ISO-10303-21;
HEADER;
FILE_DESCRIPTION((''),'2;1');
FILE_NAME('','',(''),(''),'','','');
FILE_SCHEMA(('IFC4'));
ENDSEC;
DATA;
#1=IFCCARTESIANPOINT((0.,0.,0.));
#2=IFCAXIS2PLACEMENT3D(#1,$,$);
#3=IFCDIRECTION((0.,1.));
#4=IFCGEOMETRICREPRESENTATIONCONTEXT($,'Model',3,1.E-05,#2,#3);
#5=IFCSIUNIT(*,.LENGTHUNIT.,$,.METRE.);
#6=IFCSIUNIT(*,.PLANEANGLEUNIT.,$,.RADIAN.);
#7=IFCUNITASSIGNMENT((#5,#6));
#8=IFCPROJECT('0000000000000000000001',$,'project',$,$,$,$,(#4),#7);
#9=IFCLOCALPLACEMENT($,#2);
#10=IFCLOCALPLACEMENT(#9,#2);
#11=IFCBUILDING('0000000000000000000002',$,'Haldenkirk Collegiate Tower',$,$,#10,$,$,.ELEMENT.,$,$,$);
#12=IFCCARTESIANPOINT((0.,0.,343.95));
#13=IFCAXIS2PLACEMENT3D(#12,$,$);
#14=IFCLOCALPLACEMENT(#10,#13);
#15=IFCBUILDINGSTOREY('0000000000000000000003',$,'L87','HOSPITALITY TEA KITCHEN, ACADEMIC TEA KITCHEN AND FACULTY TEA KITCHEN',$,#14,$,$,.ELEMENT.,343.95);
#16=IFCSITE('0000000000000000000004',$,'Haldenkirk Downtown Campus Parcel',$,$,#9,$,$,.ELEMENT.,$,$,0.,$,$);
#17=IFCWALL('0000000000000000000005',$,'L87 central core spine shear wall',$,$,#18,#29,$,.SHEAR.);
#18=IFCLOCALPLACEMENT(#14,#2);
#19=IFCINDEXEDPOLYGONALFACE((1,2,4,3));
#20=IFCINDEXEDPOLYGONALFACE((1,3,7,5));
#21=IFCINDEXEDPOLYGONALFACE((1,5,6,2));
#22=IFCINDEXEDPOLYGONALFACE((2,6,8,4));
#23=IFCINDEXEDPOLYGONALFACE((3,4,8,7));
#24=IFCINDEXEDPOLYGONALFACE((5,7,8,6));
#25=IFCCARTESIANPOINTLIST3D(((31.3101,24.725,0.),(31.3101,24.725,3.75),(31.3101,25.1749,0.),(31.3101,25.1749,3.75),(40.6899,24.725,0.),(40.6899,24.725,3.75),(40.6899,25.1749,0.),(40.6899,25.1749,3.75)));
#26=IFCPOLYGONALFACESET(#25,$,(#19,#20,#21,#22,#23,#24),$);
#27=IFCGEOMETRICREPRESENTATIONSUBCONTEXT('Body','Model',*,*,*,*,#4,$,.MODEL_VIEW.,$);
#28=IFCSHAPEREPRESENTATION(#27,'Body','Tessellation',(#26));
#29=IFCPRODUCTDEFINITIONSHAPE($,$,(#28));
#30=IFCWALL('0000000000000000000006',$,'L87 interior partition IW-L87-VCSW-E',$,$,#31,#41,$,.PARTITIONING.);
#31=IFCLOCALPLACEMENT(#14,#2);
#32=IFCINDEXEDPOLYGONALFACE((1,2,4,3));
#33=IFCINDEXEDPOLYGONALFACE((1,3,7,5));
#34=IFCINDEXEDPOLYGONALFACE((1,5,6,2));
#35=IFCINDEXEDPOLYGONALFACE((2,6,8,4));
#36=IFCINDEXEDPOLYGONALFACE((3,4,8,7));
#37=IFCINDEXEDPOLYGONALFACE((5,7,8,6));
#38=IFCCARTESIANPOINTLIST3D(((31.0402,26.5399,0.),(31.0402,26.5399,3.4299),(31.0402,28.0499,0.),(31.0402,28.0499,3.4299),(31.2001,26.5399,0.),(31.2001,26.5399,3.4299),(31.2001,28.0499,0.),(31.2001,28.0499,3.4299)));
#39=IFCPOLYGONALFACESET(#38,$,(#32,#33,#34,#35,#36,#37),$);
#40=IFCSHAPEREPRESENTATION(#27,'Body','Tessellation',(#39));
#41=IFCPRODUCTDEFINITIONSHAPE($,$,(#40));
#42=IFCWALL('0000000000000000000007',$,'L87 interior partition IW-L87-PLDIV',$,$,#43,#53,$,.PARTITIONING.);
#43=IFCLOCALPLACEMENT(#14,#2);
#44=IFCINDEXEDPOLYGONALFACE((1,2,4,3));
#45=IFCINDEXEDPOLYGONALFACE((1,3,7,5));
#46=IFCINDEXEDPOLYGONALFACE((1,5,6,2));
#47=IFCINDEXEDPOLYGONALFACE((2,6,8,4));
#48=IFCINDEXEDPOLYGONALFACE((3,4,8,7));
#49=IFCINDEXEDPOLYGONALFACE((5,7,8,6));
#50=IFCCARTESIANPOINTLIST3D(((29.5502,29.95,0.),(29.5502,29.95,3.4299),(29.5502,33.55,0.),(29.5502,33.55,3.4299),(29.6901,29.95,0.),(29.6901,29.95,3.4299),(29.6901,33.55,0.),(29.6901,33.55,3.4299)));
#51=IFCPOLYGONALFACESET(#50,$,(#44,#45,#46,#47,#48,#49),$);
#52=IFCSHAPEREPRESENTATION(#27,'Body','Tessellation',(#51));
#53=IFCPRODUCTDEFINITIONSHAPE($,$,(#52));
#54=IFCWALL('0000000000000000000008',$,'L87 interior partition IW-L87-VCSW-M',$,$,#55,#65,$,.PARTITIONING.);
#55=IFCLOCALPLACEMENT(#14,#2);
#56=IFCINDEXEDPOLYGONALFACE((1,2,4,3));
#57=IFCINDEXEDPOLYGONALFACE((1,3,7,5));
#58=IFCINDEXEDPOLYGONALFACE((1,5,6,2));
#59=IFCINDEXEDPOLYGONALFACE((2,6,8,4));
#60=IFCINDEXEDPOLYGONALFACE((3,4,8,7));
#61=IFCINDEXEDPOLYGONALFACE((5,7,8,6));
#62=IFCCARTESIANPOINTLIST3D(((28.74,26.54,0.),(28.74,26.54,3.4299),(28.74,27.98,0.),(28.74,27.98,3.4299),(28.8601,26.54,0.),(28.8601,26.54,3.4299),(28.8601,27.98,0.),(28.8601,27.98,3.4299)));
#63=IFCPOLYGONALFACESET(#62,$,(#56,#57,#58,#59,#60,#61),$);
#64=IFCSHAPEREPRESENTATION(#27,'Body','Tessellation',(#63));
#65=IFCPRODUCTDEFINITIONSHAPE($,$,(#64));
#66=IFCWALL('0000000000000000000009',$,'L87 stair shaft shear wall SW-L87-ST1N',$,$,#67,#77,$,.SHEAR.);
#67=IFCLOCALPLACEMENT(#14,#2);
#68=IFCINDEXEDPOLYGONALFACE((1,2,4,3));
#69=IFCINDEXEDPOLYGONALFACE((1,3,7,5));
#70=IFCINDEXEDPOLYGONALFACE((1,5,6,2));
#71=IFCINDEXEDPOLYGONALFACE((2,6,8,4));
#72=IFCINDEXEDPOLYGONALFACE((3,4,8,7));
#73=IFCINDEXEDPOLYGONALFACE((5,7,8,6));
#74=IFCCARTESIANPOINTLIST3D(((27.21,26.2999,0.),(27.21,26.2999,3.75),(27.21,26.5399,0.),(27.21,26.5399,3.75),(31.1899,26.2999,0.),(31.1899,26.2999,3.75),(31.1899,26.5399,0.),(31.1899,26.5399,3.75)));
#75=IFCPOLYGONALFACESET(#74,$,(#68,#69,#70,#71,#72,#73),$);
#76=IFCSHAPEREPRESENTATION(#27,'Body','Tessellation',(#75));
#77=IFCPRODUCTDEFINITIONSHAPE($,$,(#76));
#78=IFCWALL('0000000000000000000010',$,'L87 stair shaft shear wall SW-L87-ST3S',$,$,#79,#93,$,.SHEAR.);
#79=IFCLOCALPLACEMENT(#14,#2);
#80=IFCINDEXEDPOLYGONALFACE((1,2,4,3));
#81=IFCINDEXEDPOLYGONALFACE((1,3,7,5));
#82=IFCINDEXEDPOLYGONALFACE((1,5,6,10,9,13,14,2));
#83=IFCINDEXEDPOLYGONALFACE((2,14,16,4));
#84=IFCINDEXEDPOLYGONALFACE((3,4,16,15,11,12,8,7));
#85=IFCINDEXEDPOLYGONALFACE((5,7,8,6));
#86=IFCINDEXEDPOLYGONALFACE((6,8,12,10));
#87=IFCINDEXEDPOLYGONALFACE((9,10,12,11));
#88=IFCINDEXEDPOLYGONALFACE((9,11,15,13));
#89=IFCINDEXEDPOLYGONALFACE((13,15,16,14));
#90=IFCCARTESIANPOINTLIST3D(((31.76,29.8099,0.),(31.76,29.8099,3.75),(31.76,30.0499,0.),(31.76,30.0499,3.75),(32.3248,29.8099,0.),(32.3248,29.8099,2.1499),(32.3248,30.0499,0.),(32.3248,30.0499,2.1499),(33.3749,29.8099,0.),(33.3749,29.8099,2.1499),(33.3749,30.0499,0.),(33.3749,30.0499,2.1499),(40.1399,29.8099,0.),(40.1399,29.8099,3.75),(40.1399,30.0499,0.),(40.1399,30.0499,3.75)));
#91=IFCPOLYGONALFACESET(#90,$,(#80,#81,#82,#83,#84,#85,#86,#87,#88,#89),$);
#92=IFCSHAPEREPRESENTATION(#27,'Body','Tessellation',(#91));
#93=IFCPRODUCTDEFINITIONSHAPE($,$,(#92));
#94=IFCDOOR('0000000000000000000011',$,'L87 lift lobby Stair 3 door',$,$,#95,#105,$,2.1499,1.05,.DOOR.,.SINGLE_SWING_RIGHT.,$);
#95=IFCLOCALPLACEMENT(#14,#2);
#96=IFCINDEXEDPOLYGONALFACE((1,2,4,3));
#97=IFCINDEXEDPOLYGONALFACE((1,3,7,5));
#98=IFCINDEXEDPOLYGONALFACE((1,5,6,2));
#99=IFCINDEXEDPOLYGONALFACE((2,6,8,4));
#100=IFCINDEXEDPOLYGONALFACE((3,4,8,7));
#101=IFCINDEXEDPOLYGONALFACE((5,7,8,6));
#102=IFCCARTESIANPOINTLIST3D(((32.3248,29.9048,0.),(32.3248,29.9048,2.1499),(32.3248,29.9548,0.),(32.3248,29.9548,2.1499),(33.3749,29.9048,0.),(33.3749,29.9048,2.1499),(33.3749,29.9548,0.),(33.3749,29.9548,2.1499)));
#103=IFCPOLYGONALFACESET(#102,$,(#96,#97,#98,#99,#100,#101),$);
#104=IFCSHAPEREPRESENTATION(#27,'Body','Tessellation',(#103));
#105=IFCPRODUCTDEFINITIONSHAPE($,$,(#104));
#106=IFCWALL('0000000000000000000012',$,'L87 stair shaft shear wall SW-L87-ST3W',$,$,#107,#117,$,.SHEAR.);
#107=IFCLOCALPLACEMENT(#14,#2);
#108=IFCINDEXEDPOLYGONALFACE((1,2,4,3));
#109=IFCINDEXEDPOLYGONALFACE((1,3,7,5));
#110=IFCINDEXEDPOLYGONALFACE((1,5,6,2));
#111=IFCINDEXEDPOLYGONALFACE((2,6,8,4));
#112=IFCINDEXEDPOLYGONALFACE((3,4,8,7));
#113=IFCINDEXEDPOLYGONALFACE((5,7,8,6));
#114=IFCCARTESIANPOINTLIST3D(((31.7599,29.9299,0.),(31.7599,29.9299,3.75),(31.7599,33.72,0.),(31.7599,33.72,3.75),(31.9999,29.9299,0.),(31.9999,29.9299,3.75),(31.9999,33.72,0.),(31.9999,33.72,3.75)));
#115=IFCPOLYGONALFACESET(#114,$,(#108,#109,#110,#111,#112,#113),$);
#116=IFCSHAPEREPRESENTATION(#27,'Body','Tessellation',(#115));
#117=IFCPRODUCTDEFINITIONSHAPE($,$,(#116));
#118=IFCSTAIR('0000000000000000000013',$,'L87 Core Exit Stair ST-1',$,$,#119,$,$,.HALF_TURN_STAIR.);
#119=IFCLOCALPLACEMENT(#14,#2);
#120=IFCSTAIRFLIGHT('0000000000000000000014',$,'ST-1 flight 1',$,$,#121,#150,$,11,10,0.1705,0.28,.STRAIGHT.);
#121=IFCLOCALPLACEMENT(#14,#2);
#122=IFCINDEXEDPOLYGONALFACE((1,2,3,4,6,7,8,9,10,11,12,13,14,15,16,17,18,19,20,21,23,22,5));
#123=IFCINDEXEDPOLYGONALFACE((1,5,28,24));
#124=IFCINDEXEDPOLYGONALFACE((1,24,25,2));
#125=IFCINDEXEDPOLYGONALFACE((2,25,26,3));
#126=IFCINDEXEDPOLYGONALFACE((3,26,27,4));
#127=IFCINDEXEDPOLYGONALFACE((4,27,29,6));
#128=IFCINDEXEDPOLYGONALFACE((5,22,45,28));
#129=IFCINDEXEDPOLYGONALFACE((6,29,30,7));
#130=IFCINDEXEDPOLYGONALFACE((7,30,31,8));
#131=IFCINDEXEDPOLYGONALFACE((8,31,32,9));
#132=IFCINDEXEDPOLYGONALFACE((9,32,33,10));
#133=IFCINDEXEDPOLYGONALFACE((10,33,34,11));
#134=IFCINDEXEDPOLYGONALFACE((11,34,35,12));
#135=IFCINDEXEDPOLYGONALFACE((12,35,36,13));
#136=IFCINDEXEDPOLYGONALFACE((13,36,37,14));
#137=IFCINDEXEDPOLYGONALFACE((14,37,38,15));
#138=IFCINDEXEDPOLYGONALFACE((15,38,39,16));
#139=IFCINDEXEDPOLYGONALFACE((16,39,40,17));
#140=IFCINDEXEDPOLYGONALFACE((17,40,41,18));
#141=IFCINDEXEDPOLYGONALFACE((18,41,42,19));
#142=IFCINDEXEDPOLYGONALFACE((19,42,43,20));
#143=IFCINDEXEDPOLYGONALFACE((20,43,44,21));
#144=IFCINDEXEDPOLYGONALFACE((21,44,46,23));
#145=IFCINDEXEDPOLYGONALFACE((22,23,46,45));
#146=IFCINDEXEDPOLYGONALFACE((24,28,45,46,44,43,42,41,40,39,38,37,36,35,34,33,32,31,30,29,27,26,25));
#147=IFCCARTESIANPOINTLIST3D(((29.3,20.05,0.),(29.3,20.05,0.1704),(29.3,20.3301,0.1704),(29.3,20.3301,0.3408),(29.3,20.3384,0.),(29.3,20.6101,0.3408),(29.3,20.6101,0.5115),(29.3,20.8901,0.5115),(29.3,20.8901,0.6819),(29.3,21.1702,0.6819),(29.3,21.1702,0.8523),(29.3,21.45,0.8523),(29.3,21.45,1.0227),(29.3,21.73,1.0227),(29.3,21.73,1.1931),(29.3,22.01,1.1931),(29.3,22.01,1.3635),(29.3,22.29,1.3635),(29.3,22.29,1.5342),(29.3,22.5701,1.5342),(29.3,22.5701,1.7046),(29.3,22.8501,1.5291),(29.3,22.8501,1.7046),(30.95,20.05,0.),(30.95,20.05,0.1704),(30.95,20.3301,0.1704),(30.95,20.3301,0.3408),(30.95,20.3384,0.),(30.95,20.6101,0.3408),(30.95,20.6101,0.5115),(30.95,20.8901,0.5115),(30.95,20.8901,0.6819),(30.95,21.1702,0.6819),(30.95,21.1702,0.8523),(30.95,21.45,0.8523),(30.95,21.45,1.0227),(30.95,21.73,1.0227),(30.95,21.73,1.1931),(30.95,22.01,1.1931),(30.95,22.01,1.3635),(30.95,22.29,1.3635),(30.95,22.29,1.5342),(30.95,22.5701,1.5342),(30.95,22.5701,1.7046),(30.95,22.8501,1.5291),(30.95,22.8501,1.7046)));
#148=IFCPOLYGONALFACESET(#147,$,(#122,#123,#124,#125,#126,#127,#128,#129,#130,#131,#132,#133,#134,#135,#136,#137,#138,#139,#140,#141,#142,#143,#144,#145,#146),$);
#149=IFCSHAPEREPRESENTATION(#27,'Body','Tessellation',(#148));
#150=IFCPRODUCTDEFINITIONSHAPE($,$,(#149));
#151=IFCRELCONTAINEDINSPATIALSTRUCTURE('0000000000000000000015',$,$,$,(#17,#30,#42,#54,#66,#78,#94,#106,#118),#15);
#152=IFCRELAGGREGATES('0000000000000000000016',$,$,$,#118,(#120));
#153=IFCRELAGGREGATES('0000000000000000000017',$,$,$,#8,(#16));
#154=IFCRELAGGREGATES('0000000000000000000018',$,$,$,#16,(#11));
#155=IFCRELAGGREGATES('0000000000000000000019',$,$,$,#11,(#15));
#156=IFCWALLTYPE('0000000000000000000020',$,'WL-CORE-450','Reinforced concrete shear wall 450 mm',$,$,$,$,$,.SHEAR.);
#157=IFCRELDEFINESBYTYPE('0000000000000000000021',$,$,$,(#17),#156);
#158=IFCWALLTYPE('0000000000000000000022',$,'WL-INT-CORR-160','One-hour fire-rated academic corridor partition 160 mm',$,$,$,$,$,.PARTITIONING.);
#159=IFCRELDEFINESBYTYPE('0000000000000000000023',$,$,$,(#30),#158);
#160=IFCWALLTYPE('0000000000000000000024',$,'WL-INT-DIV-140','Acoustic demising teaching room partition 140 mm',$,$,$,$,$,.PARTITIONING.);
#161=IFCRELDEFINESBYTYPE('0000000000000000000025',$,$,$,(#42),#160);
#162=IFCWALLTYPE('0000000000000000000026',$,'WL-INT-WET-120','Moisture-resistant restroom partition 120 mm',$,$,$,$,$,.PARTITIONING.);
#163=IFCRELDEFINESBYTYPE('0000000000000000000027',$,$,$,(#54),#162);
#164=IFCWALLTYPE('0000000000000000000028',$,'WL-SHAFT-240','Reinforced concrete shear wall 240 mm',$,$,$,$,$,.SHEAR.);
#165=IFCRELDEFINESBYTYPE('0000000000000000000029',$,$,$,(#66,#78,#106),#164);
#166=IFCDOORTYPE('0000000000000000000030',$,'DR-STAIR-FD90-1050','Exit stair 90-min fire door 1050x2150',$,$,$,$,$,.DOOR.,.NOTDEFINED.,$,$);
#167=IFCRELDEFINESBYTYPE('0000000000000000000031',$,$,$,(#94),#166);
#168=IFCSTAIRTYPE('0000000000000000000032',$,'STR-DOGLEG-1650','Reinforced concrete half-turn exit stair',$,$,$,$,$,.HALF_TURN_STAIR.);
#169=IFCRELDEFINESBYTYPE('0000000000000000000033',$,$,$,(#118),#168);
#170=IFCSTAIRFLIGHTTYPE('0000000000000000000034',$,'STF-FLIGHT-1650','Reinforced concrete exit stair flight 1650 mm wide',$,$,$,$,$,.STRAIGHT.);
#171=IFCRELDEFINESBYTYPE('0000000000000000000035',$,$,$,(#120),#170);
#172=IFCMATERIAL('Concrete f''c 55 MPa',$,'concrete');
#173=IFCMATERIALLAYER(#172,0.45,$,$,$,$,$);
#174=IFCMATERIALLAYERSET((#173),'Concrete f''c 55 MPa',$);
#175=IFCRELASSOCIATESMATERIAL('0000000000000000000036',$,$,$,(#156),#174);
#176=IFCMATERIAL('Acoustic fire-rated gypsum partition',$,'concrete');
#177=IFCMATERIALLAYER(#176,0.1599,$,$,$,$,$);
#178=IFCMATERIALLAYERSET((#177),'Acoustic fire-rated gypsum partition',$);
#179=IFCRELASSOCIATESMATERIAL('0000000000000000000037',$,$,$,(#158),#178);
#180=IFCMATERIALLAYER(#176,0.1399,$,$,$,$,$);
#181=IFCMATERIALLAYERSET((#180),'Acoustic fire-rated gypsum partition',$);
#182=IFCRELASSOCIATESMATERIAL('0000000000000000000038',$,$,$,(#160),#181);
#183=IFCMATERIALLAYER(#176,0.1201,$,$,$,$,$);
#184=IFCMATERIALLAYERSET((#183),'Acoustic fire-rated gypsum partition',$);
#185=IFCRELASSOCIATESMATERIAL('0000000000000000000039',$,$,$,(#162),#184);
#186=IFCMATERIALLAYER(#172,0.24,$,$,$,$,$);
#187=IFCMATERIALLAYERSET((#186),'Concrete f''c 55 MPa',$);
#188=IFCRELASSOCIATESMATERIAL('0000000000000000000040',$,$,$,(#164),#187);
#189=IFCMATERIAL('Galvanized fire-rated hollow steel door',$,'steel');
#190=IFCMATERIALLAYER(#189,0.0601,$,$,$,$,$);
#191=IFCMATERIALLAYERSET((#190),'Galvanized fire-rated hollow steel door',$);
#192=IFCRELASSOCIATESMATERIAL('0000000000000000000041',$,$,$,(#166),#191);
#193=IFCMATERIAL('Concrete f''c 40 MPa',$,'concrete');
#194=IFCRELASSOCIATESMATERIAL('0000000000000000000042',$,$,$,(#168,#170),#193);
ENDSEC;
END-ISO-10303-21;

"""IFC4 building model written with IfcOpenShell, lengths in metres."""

from ifc_helpers import new_model, si_unit, direction, frame, frame_2d, origin, place, context, subcontext, project, spatial, polyline, rectangle, outline, extrude, material, layer, layer_set, type_object, element, fill, aggregate, save


model = new_model("IFC4")

# Units and contexts
model_context = context("Model", 3, precision=1e-05, world=origin(), true_north=direction((0.0, 1.0)))
body_context = subcontext(model_context, "Body", "Model", "MODEL_VIEW")
ifc_project = project(units=[si_unit("LENGTHUNIT", "METRE"), si_unit("PLANEANGLEUNIT", "RADIAN")], contexts=[model_context])

# Site, building, storey
site_placement = place(None, origin())
site = spatial("IfcSite", under=ifc_project, at=site_placement, Name="Haldenkirk Downtown Campus Parcel", CompositionType="ELEMENT", RefElevation=0.0)
building_placement = place(site_placement, origin())
building = spatial("IfcBuilding", under=site, at=building_placement, Name="Haldenkirk Collegiate Tower", CompositionType="ELEMENT")
storey_placement = place(building_placement, frame((0.0, 0.0, 343.95)))
storey = spatial("IfcBuildingStorey", under=building, at=storey_placement, Name="L87", Description="HOSPITALITY TEA KITCHEN, ACADEMIC TEA KITCHEN AND FACULTY TEA KITCHEN", CompositionType="ELEMENT", Elevation=343.95)

# Walls
ifc_material_1 = material(Name="Concrete f'c 55 MPa", Category="concrete")
ifc_layer_1 = layer(ifc_material_1, 0.45)
ifc_layer_set_1 = layer_set([ifc_layer_1], Name="Concrete f'c 55 MPa")
wall_type_1 = type_object("IfcWallType", Name="WL-CORE-450", Description="Reinforced concrete shear wall 450 mm", PredefinedType="SHEAR", material=ifc_layer_set_1)
wall_1_placement = place(storey_placement, frame((31.3101, 24.95, 0.0), z_axis=(0.0, 0.0, 1.0), x_axis=(1.0, 0.0, 0.0)))
element("IfcWall", 1, at=wall_1_placement, inside=storey, type_object=wall_type_1, Name="L87 central core spine shear wall", PredefinedType="SHEAR", context=body_context, shape_type="SweptSolid", body=[
    extrude(rectangle(XDim=9.3799, YDim=0.45, at=frame_2d((4.6899, 0.0))), origin(), (0.0, 0.0, 1.0), 3.75),
])
ifc_material_2 = material(Name="Acoustic fire-rated gypsum partition", Category="concrete")
ifc_layer_2 = layer(ifc_material_2, 0.1599)
ifc_layer_set_2 = layer_set([ifc_layer_2], Name="Acoustic fire-rated gypsum partition")
wall_type_2 = type_object("IfcWallType", Name="WL-INT-CORR-160", Description="One-hour fire-rated academic corridor partition 160 mm", PredefinedType="PARTITIONING", material=ifc_layer_set_2)
wall_2_placement = place(storey_placement, frame((31.1201, 26.54, 0.0), z_axis=(0.0, 0.0, 1.0), x_axis=(0.0, 1.0, 0.0)))
element("IfcWall", 2, at=wall_2_placement, inside=storey, type_object=wall_type_2, Name="L87 interior partition IW-L87-VCSW-E", PredefinedType="PARTITIONING", context=body_context, shape_type="SweptSolid", body=[
    extrude(rectangle(XDim=1.51, YDim=0.1599, at=frame_2d((0.7549, 0.0))), origin(), (0.0, 0.0, 1.0), 3.4299),
])

# Wall
ifc_layer_3 = layer(ifc_material_2, 0.1399)
ifc_layer_set_3 = layer_set([ifc_layer_3], Name="Acoustic fire-rated gypsum partition")
wall_type_3 = type_object("IfcWallType", Name="WL-INT-DIV-140", Description="Acoustic demising teaching room partition 140 mm", PredefinedType="PARTITIONING", material=ifc_layer_set_3)
wall_3_placement = place(storey_placement, frame((29.6201, 29.95, 0.0), z_axis=(0.0, 0.0, 1.0), x_axis=(0.0, 1.0, 0.0)))
element("IfcWall", 3, at=wall_3_placement, inside=storey, type_object=wall_type_3, Name="L87 interior partition IW-L87-PLDIV", PredefinedType="PARTITIONING", context=body_context, shape_type="SweptSolid", body=[
    extrude(rectangle(XDim=3.6001, YDim=0.1399, at=frame_2d((1.8, 0.0))), origin(), (0.0, 0.0, 1.0), 3.4299),
])

# Shared definitions
ifc_material_3 = material(Name="Galvanized fire-rated hollow steel door", Category="steel")

# Walls
ifc_layer_4 = layer(ifc_material_2, 0.1201)
ifc_layer_set_4 = layer_set([ifc_layer_4], Name="Acoustic fire-rated gypsum partition")
wall_type_4 = type_object("IfcWallType", Name="WL-INT-WET-120", Description="Moisture-resistant restroom partition 120 mm", PredefinedType="PARTITIONING", material=ifc_layer_set_4)
wall_4_placement = place(storey_placement, frame((28.8, 26.54, 0.0), z_axis=(0.0, 0.0, 1.0), x_axis=(0.0, 1.0, 0.0)))
element("IfcWall", 4, at=wall_4_placement, inside=storey, type_object=wall_type_4, Name="L87 interior partition IW-L87-VCSW-M", PredefinedType="PARTITIONING", context=body_context, shape_type="SweptSolid", body=[
    extrude(rectangle(XDim=1.4399, YDim=0.1201, at=frame_2d((0.72, 0.0))), origin(), (0.0, 0.0, 1.0), 3.4299),
])
ifc_layer_5 = layer(ifc_material_1, 0.24)
ifc_layer_set_5 = layer_set([ifc_layer_5], Name="Concrete f'c 55 MPa")
wall_type_5 = type_object("IfcWallType", Name="WL-SHAFT-240", Description="Reinforced concrete shear wall 240 mm", PredefinedType="SHEAR", material=ifc_layer_set_5)
wall_5_placement = place(storey_placement, frame((27.21, 26.4199, 0.0), z_axis=(0.0, 0.0, 1.0), x_axis=(1.0, 0.0, 0.0)))
element("IfcWall", 5, at=wall_5_placement, inside=storey, type_object=wall_type_5, Name="L87 stair shaft shear wall SW-L87-ST1N", PredefinedType="SHEAR", context=body_context, shape_type="SweptSolid", body=[
    extrude(rectangle(XDim=3.98, YDim=0.24, at=frame_2d((1.99, 0.0))), origin(), (0.0, 0.0, 1.0), 3.75),
])

# Wall, opening, door
wall_6_placement = place(storey_placement, frame((31.76, 29.9299, 0.0), z_axis=(0.0, 0.0, 1.0), x_axis=(1.0, 0.0, 0.0)))
wall_6 = element("IfcWall", 6, at=wall_6_placement, inside=storey, type_object=wall_type_5, Name="L87 stair shaft shear wall SW-L87-ST3S", PredefinedType="SHEAR", context=body_context, shape_type="SweptSolid", body=[
    extrude(rectangle(XDim=8.3799, YDim=0.24, at=frame_2d((4.1899, 0.0))), origin(), (0.0, 0.0, 1.0), 3.75),
])
opening_1_placement = place(wall_6_placement, frame((0.5649, 0.0, 0.0)))
opening_1 = element("IfcOpeningElement", 7, at=opening_1_placement, cuts=wall_6, PredefinedType="OPENING", context=body_context, shape_type="SweptSolid", body=[
    extrude(rectangle(XDim=1.05, YDim=2.1499, at=frame_2d((0.5249, 1.075))), frame((0.0, 0.1299, 0.0), z_axis=(0.0, -1.0, 0.0), x_axis=(1.0, 0.0, 0.0)), (0.0, 0.0, 1.0), 0.26),
])
ifc_layer_6 = layer(ifc_material_3, 0.0601)
ifc_layer_set_6 = layer_set([ifc_layer_6], Name="Galvanized fire-rated hollow steel door")
door_type_1 = type_object("IfcDoorType", Name="DR-STAIR-FD90-1050", Description="Exit stair 90-min fire door 1050x2150", OperationType="NOTDEFINED", PredefinedType="DOOR", material=ifc_layer_set_6)
door_1_placement = place(opening_1_placement, origin())
door_1 = element("IfcDoor", 8, at=door_1_placement, inside=storey, type_object=door_type_1, Name="L87 lift lobby Stair 3 door", OperationType="SINGLE_SWING_RIGHT", OverallHeight=2.1499, OverallWidth=1.05, PredefinedType="DOOR", context=body_context, shape_type="SweptSolid", body=[
    extrude(rectangle(XDim=1.05, YDim=2.1499, at=frame_2d((0.5249, 1.075))), frame((0.0, 0.0249, 0.0), z_axis=(0.0, -1.0, 0.0), x_axis=(1.0, 0.0, 0.0)), (0.0, 0.0, 1.0), 0.05),
])
fill(opening_1, door_1)

# Wall
wall_7_placement = place(storey_placement, frame((31.8799, 29.9299, 0.0), z_axis=(0.0, 0.0, 1.0), x_axis=(0.0, 1.0, 0.0)))
element("IfcWall", 9, at=wall_7_placement, inside=storey, type_object=wall_type_5, Name="L87 stair shaft shear wall SW-L87-ST3W", PredefinedType="SHEAR", context=body_context, shape_type="SweptSolid", body=[
    extrude(rectangle(XDim=3.79, YDim=0.24, at=frame_2d((1.895, 0.0))), origin(), (0.0, 0.0, 1.0), 3.75),
])

# Stair, stair flight
ifc_material_4 = material(Name="Concrete f'c 40 MPa", Category="concrete")
stair_type = type_object("IfcStairType", Name="STR-DOGLEG-1650", Description="Reinforced concrete half-turn exit stair", PredefinedType="HALF_TURN_STAIR", material=ifc_material_4)
stair_placement = place(storey_placement, origin())
stair = element("IfcStair", 10, at=stair_placement, inside=storey, type_object=stair_type, Name="L87 Core Exit Stair ST-1", PredefinedType="HALF_TURN_STAIR")
stair_flight_type = type_object("IfcStairFlightType", Name="STF-FLIGHT-1650", Description="Reinforced concrete exit stair flight 1650 mm wide", PredefinedType="STRAIGHT", material=ifc_material_4)
stair_flight_1_placement = place(storey_placement, frame((30.125, 20.05, 0.0), z_axis=(0.0, 0.0, 1.0), x_axis=(0.0, 1.0, 0.0)))
stair_flight_1 = element("IfcStairFlight", 11, at=stair_flight_1_placement, type_object=stair_flight_type, Name="ST-1 flight 1", NumberOfRisers=11, NumberOfTreads=10, PredefinedType="STRAIGHT", RiserHeight=0.1705, TreadLength=0.28, context=body_context, shape_type="SweptSolid", body=[
    extrude(outline(polyline([(0.0, 0.0), (0.0, 0.1704), (0.28, 0.1704), (0.28, 0.3408), (0.5601, 0.3408), (0.5601, 0.5115), (0.8401, 0.5115), (0.8401, 0.6819), (1.1201, 0.6819), (1.1201, 0.8523), (1.3999, 0.8523), (1.3999, 1.0227), (1.6799, 1.0227), (1.6799, 1.1931), (1.96, 1.1931), (1.96, 1.3635), (2.24, 1.3635), (2.24, 1.5342), (2.52, 1.5342), (2.52, 1.7046), (2.8, 1.7046), (2.8, 1.875), (2.8, 1.5291), (0.2883, 0.0), (0.0, 0.0)])), frame((0.0, 0.825, 0.0), z_axis=(0.0, -1.0, 0.0), x_axis=(1.0, 0.0, 0.0)), (0.0, 0.0, 1.0), 1.6499),
])
aggregate(stair, [stair_flight_1])

save(model, "model.ifc")
